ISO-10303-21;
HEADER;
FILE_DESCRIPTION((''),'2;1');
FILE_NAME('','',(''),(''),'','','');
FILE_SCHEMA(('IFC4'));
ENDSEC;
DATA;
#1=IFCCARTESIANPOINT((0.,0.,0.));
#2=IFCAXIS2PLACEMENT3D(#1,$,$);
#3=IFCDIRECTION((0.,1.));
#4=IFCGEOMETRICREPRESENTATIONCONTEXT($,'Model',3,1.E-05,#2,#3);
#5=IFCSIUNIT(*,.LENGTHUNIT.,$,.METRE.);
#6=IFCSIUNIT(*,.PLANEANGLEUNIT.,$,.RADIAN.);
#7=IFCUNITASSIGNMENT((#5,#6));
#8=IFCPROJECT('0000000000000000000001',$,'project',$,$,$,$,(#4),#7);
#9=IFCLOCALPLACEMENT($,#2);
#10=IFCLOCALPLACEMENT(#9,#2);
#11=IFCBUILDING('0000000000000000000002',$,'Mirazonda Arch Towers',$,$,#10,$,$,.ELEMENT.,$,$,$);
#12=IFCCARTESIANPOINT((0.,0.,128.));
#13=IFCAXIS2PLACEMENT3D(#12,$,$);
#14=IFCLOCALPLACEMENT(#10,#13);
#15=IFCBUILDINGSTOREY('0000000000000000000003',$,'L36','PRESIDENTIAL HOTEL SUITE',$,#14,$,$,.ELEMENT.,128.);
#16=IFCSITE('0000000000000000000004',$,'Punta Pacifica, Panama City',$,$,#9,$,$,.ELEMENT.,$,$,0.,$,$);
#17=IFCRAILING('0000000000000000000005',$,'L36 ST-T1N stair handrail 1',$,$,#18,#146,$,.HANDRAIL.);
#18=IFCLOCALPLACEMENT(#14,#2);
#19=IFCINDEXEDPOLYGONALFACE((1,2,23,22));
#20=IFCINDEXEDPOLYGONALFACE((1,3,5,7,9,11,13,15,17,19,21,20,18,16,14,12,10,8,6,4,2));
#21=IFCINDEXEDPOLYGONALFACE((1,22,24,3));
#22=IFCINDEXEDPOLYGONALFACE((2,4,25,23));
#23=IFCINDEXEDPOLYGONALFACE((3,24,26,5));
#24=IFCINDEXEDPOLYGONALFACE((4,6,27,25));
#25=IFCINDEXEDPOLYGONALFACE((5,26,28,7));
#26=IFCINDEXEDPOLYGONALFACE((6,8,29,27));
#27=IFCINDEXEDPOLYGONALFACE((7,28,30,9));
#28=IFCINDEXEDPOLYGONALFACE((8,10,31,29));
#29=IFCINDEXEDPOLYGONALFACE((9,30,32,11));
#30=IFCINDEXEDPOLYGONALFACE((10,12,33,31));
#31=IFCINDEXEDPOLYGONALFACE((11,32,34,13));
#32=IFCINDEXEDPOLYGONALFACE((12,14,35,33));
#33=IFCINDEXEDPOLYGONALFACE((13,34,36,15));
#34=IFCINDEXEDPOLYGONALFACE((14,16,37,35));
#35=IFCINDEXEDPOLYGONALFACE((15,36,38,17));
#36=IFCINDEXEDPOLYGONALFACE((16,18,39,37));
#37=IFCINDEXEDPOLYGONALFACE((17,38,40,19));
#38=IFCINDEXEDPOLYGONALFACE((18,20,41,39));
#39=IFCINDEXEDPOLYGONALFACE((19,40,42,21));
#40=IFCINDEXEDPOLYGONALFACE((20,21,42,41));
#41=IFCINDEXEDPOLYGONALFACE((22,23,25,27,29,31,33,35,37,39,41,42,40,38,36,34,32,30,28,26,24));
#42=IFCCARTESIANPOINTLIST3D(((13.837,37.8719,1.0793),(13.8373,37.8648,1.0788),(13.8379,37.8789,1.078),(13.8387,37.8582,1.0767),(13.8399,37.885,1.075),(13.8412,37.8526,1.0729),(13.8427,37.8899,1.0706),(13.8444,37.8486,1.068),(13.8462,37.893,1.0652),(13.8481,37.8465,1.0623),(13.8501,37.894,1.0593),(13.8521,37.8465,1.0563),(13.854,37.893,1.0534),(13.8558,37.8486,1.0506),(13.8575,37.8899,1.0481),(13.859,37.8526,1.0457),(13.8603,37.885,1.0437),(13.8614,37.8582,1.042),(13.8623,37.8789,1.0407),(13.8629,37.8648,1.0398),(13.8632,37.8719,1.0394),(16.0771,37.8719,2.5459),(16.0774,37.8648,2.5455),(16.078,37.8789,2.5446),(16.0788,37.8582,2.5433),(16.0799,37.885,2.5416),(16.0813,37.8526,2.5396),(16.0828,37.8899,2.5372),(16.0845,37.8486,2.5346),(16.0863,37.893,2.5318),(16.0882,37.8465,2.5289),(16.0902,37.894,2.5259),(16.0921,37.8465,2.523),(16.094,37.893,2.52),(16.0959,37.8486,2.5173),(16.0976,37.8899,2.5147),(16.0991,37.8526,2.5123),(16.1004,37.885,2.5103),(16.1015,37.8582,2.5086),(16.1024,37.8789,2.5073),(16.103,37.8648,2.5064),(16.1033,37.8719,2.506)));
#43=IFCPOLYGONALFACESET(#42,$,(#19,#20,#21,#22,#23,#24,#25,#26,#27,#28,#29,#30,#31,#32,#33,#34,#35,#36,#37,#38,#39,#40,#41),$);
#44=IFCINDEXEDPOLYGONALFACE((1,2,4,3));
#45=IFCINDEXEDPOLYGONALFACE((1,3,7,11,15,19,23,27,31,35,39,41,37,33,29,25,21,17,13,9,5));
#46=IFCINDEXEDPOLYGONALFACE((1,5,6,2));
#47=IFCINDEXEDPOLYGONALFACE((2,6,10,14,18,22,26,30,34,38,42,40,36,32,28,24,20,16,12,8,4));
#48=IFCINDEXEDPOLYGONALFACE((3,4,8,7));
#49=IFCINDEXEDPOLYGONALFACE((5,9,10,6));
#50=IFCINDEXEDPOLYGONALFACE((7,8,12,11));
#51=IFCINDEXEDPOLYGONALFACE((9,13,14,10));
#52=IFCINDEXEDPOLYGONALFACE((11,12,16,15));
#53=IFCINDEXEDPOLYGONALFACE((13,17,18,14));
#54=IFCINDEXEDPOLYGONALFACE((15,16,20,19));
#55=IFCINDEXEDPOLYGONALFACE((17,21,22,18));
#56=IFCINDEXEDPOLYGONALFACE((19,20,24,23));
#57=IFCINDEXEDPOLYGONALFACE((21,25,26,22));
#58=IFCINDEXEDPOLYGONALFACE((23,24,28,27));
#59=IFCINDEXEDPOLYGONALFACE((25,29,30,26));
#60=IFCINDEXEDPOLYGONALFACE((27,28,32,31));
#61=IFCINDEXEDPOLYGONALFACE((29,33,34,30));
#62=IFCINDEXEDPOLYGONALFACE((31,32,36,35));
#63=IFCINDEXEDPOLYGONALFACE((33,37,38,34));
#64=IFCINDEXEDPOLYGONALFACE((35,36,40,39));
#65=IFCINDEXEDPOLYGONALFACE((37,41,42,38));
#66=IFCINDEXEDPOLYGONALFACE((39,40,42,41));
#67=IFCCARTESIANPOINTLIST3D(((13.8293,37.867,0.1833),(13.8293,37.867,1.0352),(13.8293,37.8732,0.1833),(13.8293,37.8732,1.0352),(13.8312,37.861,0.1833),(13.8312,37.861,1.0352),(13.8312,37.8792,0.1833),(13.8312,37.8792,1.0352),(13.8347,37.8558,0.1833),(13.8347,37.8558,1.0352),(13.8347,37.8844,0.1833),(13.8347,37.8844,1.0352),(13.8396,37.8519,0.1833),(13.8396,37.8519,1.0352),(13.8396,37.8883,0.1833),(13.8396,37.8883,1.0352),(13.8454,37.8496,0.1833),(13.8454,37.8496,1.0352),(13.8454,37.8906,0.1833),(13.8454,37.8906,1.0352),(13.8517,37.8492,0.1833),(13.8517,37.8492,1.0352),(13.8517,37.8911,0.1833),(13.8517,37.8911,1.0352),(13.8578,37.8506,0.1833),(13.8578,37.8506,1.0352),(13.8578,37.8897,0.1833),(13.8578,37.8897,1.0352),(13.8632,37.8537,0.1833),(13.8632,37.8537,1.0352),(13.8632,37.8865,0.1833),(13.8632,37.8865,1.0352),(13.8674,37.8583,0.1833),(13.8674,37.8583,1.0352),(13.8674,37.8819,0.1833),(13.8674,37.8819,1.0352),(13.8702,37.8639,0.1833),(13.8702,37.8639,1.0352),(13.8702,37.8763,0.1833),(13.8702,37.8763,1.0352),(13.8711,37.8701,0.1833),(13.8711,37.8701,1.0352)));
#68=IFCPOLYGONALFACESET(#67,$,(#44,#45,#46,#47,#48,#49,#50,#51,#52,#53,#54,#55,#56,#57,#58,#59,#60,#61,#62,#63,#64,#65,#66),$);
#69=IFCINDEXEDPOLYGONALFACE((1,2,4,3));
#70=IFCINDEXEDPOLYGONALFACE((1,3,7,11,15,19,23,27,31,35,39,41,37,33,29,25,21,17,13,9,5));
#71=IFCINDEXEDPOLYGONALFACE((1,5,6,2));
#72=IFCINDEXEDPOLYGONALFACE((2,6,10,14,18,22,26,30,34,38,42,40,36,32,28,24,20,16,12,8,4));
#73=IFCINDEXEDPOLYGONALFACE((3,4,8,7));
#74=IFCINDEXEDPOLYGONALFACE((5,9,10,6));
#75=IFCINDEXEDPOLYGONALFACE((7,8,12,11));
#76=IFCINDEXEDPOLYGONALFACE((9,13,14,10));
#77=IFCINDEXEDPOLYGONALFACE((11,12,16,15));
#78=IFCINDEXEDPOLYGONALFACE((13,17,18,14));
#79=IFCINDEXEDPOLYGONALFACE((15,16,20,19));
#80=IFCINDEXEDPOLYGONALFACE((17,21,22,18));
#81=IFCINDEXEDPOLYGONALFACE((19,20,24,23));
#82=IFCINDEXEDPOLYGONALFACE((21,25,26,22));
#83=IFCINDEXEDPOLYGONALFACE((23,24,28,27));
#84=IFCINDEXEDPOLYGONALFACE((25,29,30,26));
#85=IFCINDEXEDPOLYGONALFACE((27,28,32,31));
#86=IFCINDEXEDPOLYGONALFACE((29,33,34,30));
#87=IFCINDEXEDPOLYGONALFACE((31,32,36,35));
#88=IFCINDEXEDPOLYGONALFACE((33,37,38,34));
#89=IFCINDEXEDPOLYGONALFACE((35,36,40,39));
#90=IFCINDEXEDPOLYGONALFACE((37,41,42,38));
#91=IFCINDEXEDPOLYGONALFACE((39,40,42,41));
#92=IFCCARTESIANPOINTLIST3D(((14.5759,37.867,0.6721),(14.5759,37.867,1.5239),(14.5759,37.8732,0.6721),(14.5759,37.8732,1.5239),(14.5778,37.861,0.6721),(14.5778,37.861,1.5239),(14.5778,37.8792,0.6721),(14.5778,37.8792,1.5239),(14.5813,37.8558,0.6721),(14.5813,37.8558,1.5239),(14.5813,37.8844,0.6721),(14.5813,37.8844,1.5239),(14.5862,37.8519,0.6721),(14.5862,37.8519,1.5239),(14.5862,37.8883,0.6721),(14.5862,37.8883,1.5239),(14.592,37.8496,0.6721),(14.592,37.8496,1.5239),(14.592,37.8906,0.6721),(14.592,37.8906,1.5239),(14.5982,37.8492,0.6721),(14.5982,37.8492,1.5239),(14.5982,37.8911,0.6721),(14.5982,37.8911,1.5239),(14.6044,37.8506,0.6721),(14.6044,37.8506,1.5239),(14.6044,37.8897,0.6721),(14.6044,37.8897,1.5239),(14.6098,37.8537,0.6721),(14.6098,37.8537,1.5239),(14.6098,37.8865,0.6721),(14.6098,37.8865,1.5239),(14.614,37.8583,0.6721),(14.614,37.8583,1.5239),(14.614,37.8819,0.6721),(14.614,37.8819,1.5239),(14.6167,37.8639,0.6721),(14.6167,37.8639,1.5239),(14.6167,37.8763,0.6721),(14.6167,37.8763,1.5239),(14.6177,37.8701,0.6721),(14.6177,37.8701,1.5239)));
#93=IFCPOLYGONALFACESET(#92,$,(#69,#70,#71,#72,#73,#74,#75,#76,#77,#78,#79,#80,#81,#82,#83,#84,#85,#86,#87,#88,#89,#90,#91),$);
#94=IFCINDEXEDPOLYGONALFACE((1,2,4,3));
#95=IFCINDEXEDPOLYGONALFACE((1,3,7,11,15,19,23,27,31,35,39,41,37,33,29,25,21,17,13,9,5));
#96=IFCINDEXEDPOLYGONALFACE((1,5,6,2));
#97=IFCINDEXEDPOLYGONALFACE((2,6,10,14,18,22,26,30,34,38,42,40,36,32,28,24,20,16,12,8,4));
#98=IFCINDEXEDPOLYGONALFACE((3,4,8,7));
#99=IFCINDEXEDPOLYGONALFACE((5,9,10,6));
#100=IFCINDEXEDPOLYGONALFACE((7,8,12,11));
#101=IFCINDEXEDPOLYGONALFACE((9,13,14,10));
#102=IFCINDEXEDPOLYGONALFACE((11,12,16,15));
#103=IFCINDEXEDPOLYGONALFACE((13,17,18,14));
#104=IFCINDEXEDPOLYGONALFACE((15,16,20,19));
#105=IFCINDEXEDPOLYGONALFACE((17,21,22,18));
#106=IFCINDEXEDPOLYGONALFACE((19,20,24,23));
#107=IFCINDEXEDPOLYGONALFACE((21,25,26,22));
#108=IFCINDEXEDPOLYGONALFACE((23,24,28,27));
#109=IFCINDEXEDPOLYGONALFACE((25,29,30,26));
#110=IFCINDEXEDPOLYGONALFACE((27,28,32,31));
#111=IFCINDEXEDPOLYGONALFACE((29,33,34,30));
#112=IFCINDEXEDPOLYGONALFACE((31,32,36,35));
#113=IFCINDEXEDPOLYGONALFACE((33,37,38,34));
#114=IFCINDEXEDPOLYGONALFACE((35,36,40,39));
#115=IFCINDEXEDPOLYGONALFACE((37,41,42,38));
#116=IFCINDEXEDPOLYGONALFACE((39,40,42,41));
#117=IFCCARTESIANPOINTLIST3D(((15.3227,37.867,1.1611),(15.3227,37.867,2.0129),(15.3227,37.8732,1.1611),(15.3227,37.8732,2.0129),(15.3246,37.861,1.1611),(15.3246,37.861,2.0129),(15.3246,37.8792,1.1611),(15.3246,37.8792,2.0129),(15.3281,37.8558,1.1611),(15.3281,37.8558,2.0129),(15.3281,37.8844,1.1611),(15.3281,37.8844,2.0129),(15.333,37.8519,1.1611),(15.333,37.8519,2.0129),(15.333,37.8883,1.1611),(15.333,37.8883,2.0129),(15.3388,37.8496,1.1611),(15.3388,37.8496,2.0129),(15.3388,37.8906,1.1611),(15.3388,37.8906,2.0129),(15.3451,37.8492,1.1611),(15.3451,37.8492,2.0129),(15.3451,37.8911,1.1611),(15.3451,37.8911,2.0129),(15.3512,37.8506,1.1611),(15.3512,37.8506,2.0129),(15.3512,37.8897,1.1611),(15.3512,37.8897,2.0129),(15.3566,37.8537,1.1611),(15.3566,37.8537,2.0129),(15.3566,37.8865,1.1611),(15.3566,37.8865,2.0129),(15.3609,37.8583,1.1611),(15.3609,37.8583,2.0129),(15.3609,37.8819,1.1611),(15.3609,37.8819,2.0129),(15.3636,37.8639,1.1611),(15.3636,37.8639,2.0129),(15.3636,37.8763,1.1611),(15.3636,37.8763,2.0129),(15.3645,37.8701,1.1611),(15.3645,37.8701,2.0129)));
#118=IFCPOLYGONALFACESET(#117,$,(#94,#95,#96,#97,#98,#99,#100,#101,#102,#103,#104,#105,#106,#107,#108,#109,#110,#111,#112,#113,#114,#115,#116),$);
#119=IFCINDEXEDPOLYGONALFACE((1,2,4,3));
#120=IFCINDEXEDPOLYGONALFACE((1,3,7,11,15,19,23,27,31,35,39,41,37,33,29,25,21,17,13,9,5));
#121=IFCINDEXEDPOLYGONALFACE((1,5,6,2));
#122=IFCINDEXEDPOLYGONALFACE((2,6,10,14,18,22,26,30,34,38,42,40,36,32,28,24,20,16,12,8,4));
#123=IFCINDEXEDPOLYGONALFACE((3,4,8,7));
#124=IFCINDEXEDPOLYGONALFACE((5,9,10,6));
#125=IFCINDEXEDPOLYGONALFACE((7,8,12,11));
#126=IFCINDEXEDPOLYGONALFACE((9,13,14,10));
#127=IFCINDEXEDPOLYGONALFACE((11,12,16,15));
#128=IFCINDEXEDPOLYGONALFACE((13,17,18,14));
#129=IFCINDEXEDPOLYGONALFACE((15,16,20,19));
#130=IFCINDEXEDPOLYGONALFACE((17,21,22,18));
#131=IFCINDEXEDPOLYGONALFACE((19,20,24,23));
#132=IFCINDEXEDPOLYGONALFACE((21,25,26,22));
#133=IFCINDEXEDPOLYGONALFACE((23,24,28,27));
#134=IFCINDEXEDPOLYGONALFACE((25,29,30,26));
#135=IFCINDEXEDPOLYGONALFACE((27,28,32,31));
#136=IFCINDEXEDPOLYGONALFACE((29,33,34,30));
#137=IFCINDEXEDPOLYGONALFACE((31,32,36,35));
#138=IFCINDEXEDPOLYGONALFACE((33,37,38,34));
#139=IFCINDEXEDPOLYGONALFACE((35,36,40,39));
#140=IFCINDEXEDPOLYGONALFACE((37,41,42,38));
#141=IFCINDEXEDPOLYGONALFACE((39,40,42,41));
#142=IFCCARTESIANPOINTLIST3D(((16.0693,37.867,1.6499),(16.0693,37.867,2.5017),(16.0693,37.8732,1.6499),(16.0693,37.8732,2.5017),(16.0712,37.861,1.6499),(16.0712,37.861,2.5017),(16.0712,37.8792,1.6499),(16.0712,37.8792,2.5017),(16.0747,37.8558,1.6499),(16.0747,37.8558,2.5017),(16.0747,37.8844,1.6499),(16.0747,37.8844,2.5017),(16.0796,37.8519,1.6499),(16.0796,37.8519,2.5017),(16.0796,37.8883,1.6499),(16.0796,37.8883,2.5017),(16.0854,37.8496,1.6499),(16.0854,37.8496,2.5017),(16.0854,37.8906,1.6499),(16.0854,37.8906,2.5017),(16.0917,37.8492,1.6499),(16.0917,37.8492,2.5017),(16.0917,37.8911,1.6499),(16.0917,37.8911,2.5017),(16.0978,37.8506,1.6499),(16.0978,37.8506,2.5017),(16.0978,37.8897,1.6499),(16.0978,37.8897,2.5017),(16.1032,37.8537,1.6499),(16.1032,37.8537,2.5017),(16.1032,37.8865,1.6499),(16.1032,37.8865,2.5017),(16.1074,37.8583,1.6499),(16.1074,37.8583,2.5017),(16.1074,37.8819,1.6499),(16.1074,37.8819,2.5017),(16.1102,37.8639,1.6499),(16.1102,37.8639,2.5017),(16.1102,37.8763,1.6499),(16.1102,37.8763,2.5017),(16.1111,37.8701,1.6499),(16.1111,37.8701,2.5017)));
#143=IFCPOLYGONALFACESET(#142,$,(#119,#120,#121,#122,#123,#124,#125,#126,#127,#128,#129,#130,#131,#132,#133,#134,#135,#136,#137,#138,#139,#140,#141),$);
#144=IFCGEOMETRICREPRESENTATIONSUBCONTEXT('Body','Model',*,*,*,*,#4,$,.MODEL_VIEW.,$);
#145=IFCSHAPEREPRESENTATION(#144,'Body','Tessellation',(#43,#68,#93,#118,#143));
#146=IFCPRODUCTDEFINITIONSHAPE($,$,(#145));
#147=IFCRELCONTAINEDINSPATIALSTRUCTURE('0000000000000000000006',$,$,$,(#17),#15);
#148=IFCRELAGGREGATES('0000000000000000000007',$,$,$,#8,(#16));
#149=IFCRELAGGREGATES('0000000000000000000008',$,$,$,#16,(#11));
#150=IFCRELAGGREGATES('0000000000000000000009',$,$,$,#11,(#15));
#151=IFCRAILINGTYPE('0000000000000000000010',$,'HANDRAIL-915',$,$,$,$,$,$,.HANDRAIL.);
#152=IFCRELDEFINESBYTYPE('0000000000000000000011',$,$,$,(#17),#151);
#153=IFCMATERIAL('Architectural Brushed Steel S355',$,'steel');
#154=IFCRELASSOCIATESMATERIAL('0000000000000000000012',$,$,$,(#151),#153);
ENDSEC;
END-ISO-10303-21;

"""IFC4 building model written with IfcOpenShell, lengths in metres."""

from ifc_helpers import new_model, si_unit, direction, frame, origin, origin_2d, place, context, subcontext, project, spatial, circle, extrude, material, type_object, element, save


model = new_model("IFC4")

# Units and contexts
model_context = context("Model", 3, precision=1e-05, world=origin(), true_north=direction((0.0, 1.0)))
body_context = subcontext(model_context, "Body", "Model", "MODEL_VIEW")
ifc_project = project(units=[si_unit("LENGTHUNIT", "METRE"), si_unit("PLANEANGLEUNIT", "RADIAN")], contexts=[model_context])

# Site, building, storey
site_placement = place(None, origin())
site = spatial("IfcSite", under=ifc_project, at=site_placement, Name="Punta Pacifica, Panama City", CompositionType="ELEMENT", RefElevation=0.0)
building_placement = place(site_placement, origin())
building = spatial("IfcBuilding", under=site, at=building_placement, Name="Mirazonda Arch Towers", CompositionType="ELEMENT")
storey_placement = place(building_placement, frame((0.0, 0.0, 128.0)))
storey = spatial("IfcBuildingStorey", under=building, at=storey_placement, Name="L36", Description="PRESIDENTIAL HOTEL SUITE", CompositionType="ELEMENT", Elevation=128.0)

# Shared definitions
ifc_material_1 = material(Name="Architectural Brushed Steel S355", Category="steel")

# Railing
railing_type = type_object("IfcRailingType", Name="HANDRAIL-915", PredefinedType="HANDRAIL", material=ifc_material_1)
railing_placement = place(storey_placement, frame((13.8501, 37.8701, 0.1833)))
element("IfcRailing", 1, at=railing_placement, inside=storey, type_object=railing_type, Name="L36 ST-T1N stair handrail 1", PredefinedType="HANDRAIL", context=body_context, shape_type="SweptSolid", body=[
    extrude(circle(Radius=0.0239, at=origin_2d()), frame((0.0, 0.0, 0.876), z_axis=(0.836637, 0.0, 0.547758), x_axis=(0.0, 1.0, 0.0)), (0.0, 0.0, 1.0), 2.6775),
    extrude(circle(Radius=0.021, at=origin_2d()), origin(), (0.0, 0.0, 1.0), 0.8518),
    extrude(circle(Radius=0.021, at=origin_2d()), frame((0.7466, 0.0, 0.4888)), (0.0, 0.0, 1.0), 0.8518),
    extrude(circle(Radius=0.021, at=origin_2d()), frame((1.4934, 0.0, 0.9778)), (0.0, 0.0, 1.0), 0.8518),
    extrude(circle(Radius=0.021, at=origin_2d()), frame((2.24, 0.0, 1.4666)), (0.0, 0.0, 1.0), 0.8518),
])

save(model, "model.ifc")
